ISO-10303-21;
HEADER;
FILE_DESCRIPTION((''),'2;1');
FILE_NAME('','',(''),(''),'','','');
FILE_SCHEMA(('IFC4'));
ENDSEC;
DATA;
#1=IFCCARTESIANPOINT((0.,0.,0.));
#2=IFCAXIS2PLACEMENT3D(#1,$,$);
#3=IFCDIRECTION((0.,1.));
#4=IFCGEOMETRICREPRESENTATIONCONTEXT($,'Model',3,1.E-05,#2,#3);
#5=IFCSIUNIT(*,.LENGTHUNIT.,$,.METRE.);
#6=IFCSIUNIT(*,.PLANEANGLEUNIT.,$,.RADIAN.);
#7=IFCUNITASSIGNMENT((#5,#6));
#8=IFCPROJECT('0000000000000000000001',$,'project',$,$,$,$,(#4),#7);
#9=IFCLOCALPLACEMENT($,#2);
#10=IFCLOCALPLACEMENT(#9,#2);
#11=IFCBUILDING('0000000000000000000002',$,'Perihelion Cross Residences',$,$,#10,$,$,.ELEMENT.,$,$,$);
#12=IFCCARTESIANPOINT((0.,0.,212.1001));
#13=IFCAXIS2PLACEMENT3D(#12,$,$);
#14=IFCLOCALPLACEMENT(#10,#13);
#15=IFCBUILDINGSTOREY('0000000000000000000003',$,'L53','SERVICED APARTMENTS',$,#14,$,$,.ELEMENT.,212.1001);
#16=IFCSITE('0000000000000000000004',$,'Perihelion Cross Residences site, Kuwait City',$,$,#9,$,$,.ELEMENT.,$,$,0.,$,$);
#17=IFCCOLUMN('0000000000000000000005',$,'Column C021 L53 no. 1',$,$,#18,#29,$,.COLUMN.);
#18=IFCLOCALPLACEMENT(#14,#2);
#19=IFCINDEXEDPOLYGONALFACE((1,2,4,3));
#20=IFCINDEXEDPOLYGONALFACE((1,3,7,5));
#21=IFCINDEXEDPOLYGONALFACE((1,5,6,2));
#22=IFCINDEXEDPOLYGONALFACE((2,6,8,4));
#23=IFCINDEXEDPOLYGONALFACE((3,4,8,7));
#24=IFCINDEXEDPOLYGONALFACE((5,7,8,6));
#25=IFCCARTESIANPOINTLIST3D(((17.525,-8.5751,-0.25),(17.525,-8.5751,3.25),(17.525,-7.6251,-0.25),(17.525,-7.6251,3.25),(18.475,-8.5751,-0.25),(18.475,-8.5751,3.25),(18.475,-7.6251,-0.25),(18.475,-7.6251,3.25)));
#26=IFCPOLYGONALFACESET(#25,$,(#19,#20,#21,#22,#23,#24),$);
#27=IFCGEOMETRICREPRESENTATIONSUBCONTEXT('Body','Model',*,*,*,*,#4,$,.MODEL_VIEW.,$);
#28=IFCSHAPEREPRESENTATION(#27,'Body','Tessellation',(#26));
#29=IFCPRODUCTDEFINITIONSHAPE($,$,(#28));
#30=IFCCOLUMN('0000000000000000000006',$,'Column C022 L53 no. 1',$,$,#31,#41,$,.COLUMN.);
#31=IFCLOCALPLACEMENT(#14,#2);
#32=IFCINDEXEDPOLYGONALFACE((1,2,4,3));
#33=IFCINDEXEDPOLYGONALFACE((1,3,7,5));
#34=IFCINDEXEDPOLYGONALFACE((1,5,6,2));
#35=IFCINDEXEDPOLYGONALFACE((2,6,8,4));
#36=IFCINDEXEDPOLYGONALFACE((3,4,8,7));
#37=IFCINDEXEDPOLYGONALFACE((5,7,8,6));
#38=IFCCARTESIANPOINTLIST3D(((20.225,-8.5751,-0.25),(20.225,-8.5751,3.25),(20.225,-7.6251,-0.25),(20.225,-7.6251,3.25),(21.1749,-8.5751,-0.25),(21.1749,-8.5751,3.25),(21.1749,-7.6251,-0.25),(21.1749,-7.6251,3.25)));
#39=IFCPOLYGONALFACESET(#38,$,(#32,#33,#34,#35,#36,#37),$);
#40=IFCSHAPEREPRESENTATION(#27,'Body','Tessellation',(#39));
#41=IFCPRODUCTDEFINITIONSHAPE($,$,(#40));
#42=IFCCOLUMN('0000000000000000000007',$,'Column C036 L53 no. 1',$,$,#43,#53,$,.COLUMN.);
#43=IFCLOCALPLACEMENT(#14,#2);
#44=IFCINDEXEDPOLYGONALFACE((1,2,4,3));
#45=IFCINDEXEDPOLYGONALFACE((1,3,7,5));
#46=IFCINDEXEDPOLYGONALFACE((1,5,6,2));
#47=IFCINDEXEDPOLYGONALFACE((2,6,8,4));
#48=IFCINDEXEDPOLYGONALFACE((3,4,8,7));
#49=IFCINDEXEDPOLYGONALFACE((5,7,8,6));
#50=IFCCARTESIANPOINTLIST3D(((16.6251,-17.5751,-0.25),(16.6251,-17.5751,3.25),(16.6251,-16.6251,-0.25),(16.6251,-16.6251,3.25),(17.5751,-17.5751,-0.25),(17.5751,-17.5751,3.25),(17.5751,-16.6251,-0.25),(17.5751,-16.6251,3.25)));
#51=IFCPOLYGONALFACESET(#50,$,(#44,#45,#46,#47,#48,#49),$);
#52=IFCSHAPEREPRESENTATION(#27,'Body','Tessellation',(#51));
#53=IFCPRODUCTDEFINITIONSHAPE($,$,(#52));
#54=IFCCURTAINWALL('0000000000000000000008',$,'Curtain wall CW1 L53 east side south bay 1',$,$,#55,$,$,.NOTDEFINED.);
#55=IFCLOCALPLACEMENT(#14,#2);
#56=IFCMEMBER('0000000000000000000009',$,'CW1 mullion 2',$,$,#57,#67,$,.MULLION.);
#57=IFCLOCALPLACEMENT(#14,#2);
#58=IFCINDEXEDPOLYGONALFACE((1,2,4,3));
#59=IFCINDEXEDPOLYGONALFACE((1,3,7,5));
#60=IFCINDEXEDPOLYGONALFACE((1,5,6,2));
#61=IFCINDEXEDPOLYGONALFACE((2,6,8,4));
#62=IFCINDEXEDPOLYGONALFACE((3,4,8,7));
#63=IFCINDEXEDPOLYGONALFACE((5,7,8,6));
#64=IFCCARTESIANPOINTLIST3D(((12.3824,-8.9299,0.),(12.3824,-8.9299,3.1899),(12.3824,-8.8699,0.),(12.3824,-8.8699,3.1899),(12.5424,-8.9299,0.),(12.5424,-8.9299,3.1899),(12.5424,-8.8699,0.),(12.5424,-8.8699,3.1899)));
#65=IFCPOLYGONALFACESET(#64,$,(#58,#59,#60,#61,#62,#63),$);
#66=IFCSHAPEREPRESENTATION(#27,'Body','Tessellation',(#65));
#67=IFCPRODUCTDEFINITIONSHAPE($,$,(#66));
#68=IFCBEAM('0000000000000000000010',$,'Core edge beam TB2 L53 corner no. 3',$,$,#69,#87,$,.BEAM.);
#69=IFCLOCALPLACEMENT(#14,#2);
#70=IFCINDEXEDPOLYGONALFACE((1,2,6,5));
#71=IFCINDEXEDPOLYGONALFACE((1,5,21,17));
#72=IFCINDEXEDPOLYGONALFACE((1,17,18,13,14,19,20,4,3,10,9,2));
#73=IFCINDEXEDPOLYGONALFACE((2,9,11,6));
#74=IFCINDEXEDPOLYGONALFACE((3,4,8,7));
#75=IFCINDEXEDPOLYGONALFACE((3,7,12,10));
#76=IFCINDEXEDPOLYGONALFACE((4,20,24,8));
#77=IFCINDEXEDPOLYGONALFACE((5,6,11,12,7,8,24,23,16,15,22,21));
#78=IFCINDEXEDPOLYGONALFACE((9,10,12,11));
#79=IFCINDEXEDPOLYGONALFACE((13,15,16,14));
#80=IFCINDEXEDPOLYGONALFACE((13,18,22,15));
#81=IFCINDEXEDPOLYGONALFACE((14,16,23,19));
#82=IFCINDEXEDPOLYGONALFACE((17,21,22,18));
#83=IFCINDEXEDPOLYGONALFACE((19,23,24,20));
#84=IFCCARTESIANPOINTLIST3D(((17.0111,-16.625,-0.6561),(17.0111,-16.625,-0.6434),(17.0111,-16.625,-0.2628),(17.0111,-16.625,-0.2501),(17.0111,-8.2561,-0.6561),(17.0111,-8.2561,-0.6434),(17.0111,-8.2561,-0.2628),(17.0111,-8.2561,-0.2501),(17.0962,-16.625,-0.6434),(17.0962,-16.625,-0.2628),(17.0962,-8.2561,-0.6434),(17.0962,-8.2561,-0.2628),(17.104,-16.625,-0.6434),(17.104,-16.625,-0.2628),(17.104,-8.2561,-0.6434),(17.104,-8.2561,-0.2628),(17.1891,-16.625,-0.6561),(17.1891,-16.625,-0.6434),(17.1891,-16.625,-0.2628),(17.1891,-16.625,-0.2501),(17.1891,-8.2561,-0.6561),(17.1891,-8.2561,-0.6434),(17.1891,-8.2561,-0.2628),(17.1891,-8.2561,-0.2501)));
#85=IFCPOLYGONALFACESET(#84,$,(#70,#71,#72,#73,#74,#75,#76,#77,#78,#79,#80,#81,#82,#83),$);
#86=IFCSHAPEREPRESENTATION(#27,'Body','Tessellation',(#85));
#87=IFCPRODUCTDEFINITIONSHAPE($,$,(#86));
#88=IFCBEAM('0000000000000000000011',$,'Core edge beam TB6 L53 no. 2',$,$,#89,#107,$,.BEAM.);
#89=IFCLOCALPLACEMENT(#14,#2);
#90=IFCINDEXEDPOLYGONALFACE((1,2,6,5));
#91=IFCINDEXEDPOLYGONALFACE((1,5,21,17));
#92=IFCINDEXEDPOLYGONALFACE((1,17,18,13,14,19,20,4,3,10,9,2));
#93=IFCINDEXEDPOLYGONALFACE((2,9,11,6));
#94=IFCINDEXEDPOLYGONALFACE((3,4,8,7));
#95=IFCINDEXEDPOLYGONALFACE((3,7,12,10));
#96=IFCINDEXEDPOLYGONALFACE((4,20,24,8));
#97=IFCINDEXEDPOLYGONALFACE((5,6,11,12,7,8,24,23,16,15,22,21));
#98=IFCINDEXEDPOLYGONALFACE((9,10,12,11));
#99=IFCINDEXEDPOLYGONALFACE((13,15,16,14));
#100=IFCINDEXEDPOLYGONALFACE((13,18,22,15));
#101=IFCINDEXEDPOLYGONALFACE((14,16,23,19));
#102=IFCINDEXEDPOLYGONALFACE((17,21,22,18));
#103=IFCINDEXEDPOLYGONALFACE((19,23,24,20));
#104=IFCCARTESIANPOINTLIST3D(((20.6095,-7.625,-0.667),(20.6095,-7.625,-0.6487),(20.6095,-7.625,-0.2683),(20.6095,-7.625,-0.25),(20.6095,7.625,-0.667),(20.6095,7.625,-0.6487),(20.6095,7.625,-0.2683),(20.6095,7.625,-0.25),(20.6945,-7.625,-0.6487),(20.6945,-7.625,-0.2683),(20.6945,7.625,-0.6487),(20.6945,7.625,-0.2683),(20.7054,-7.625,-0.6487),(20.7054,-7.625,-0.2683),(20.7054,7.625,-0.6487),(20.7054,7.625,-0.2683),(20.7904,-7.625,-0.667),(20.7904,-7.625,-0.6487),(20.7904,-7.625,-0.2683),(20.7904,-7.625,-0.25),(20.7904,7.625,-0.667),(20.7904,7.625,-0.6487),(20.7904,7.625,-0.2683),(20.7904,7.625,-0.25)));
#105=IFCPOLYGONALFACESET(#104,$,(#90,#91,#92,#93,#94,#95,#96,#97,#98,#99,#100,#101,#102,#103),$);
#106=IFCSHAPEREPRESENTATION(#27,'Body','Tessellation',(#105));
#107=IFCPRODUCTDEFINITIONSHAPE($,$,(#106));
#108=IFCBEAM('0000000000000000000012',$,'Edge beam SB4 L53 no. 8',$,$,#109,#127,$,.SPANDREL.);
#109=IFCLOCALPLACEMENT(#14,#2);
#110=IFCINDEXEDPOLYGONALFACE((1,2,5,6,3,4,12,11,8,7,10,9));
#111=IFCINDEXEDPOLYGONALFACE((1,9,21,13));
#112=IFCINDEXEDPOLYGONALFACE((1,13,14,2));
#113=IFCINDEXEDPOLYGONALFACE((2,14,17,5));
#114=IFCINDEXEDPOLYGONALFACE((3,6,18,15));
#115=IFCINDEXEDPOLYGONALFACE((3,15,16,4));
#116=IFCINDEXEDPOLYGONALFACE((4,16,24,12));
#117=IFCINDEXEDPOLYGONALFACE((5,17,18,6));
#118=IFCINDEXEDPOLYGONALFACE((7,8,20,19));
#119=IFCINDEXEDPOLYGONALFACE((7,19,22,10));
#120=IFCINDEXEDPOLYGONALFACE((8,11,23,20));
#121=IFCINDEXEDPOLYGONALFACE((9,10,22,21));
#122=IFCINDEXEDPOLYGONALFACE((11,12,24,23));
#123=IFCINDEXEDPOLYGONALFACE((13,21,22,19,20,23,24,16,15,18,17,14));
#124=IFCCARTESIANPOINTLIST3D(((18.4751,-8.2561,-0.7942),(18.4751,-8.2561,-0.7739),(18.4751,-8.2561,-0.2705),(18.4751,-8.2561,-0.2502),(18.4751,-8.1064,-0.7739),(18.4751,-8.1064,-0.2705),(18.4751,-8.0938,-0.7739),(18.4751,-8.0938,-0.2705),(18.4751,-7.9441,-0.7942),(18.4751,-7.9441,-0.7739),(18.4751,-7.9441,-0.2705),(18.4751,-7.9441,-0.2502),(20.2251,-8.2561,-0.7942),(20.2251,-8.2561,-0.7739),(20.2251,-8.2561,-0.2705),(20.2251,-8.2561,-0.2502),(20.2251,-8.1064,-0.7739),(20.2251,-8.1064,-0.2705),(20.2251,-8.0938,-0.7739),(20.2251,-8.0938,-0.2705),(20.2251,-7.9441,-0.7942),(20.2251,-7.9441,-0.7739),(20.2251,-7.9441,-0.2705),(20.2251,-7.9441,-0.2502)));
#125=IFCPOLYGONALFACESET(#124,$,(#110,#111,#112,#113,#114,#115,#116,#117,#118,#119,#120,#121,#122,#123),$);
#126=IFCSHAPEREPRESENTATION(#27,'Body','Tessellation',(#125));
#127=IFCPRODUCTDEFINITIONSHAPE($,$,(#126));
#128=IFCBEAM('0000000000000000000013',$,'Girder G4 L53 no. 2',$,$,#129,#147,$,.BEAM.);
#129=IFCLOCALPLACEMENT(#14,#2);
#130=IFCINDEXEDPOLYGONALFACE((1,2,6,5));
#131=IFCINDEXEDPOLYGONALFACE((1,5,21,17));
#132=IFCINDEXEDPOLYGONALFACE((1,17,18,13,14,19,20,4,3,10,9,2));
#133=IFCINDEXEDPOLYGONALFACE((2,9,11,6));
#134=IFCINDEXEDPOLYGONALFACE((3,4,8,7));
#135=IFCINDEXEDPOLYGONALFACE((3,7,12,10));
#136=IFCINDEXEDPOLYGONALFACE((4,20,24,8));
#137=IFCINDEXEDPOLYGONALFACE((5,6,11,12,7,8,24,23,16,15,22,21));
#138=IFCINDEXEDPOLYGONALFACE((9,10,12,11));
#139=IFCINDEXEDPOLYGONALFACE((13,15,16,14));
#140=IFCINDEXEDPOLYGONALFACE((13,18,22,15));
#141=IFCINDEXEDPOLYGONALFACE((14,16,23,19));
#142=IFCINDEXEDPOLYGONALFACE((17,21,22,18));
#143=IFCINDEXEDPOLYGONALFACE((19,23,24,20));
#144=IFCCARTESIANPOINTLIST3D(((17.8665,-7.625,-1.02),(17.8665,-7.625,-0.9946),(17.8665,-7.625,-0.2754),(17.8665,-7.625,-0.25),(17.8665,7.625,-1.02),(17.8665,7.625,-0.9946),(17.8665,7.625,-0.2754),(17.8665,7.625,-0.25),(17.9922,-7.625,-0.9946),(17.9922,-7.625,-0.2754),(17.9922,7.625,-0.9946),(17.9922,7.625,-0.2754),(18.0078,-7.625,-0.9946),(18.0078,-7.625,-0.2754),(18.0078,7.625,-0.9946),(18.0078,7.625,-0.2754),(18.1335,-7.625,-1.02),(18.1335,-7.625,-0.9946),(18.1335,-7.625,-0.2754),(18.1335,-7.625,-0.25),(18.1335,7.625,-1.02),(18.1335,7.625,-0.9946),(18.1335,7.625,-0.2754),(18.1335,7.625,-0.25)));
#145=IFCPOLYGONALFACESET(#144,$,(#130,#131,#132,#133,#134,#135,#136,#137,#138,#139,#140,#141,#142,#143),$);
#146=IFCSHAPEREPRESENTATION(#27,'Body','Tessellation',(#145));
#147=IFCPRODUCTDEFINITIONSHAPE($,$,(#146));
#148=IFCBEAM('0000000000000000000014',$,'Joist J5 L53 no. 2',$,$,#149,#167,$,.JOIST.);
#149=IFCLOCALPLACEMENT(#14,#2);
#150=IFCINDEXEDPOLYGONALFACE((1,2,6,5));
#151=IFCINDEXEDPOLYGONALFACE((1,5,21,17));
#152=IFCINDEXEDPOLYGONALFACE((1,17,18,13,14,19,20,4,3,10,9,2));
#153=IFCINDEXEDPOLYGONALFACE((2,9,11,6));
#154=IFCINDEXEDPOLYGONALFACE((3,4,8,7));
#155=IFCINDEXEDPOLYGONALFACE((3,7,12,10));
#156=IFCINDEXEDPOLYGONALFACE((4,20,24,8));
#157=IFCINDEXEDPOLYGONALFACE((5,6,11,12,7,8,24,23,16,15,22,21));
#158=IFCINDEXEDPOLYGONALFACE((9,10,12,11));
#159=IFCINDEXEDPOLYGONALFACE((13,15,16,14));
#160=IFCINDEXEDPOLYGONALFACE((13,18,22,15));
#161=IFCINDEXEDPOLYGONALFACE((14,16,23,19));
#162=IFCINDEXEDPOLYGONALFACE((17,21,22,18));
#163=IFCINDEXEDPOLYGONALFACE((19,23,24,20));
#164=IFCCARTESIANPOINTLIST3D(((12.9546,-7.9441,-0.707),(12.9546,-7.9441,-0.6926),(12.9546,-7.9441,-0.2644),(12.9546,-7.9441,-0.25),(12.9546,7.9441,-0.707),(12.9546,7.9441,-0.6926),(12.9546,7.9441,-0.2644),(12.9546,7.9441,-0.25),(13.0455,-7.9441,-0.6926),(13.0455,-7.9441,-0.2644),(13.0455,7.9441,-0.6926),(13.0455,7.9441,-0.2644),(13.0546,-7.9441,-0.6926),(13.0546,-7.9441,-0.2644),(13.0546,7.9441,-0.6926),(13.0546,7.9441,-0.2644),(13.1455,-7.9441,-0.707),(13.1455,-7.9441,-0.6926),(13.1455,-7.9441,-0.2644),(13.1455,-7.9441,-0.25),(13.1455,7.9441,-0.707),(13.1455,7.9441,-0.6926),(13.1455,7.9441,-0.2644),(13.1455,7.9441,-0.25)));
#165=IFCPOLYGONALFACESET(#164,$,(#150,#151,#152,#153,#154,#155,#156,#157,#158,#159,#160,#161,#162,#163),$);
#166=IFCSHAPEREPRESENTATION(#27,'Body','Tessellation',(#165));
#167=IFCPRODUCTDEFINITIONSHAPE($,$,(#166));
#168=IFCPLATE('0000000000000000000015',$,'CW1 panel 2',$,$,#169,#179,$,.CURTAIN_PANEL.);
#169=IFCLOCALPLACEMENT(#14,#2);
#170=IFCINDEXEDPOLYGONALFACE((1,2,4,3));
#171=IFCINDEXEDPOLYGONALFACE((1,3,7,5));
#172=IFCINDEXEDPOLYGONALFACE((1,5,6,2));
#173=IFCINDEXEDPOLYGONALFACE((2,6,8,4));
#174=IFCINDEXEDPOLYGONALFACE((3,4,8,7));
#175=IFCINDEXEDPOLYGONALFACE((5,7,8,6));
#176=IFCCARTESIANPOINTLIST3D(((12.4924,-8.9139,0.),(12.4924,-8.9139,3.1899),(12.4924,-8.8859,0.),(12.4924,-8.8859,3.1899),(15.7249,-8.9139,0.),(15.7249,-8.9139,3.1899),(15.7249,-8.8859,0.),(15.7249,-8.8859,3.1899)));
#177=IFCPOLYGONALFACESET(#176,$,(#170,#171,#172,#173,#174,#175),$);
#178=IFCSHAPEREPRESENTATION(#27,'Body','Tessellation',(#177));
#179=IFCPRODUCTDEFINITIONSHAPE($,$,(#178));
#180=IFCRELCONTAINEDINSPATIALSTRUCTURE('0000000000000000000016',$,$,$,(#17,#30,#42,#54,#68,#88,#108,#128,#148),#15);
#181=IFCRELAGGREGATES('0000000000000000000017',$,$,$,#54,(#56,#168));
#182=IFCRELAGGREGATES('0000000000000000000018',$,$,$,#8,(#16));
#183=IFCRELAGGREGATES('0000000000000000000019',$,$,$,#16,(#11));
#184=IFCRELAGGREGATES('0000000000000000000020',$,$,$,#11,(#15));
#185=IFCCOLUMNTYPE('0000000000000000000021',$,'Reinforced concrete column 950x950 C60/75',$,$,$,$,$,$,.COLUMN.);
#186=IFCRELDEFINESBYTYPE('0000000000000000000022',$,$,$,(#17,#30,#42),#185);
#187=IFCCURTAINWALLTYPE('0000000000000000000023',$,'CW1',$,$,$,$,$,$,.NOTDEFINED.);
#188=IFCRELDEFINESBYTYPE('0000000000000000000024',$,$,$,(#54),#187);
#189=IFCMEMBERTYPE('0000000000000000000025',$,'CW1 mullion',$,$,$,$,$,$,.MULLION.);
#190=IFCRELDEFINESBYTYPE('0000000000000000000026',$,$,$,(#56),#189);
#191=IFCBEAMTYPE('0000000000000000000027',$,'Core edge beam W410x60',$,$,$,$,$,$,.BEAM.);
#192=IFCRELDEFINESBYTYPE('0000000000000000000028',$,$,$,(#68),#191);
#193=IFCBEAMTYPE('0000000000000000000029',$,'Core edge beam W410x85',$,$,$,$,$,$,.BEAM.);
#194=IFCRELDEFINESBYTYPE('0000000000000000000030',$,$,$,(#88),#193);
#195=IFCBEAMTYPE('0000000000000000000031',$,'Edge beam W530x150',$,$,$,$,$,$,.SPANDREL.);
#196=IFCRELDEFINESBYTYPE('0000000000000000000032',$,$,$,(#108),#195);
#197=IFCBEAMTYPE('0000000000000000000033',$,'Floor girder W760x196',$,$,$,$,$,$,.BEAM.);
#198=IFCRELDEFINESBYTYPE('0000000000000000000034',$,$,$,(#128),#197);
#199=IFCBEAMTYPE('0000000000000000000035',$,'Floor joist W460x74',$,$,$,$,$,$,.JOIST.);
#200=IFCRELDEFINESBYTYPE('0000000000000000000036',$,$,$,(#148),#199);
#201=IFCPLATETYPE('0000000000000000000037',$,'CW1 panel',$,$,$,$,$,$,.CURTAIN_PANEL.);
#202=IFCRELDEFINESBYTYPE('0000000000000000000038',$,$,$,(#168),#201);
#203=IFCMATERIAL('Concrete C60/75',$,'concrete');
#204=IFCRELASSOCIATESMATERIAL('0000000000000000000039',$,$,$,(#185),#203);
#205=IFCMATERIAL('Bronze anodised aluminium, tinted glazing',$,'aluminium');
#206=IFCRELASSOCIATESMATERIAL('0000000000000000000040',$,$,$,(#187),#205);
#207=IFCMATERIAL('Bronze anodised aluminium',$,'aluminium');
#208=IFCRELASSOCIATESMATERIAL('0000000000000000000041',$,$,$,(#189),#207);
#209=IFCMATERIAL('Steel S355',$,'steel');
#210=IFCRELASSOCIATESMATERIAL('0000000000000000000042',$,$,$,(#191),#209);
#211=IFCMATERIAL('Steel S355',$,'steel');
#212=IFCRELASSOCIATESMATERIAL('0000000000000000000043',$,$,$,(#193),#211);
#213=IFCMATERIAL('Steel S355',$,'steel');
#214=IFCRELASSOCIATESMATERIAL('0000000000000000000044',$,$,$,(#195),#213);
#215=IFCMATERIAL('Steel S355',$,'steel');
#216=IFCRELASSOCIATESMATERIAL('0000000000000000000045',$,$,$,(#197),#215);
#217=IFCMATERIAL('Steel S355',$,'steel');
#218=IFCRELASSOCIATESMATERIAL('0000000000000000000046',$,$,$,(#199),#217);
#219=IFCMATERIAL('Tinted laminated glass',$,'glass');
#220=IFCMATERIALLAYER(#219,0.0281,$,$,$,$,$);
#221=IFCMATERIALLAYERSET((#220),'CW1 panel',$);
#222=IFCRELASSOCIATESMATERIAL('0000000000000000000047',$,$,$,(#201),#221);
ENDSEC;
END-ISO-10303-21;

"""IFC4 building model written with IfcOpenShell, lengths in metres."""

from ifc_helpers import new_model, si_unit, direction, frame, origin, origin_2d, place, context, subcontext, project, spatial, rectangle, i_section, extrude, material, layer, layer_set, material_profile, profile_set, type_object, element, aggregate, save


model = new_model("IFC4")

# Units and contexts
model_context = context("Model", 3, precision=1e-05, world=origin(), true_north=direction((0.0, 1.0)))
body_context = subcontext(model_context, "Body", "Model", "MODEL_VIEW")
ifc_project = project(units=[si_unit("LENGTHUNIT", "METRE"), si_unit("PLANEANGLEUNIT", "RADIAN")], contexts=[model_context])

# Site, building, storey
site_placement = place(None, origin())
site = spatial("IfcSite", under=ifc_project, at=site_placement, Name="Perihelion Cross Residences site, Kuwait City", CompositionType="ELEMENT", RefElevation=0.0)
building_placement = place(site_placement, origin())
building = spatial("IfcBuilding", under=site, at=building_placement, Name="Perihelion Cross Residences", CompositionType="ELEMENT")
storey_placement = place(building_placement, frame((0.0, 0.0, 212.1001)))
storey = spatial("IfcBuildingStorey", under=building, at=storey_placement, Name="L53", Description="SERVICED APARTMENTS", CompositionType="ELEMENT", Elevation=212.1001)

# Columns
ifc_material_1 = material(Name="Concrete C60/75", Category="concrete")
ifc_material_profile_1 = material_profile(ifc_material_1, rectangle(XDim=0.95, YDim=0.95, at=origin_2d()), Name="RC 950x950")
ifc_profile_set_1 = profile_set([ifc_material_profile_1], Name="Concrete C60/75")
column_type = type_object("IfcColumnType", Name="Reinforced concrete column 950x950 C60/75", PredefinedType="COLUMN", material=ifc_profile_set_1)
for number, where, z_axis, x_axis, name in (
    (1, (18.0, -8.1001, -0.25), (0.0, 0.0, 1.0), (1.0, 0.0, 0.0), "Column C021 L53 no. 1"),
    (2, (20.7, -8.1001, -0.25), (0.0, 0.0, 1.0), (1.0, 0.0, 0.0), "Column C022 L53 no. 1"),
    (3, (17.1001, -17.1001, -0.25), (0.0, 0.0, 1.0), (1.0, 0.0, 0.0), "Column C036 L53 no. 1"),
):
    element("IfcColumn", number, at=place(storey_placement, frame(where, z_axis=z_axis, x_axis=x_axis)), inside=storey, type_object=column_type, Name=name, PredefinedType="COLUMN", context=body_context, shape_type="SweptSolid", body=[
        extrude(rectangle(XDim=0.95, YDim=0.95, at=origin_2d()), origin(), (0.0, 0.0, 1.0), 3.5),
    ])

# Curtain wall, member
ifc_material_2 = material(Name="Bronze anodised aluminium, tinted glazing", Category="aluminium")
curtain_wall_type = type_object("IfcCurtainWallType", Name="CW1", PredefinedType="NOTDEFINED", material=ifc_material_2)
curtain_wall_placement = place(storey_placement, origin())
curtain_wall = element("IfcCurtainWall", 4, at=curtain_wall_placement, inside=storey, type_object=curtain_wall_type, Name="Curtain wall CW1 L53 east side south bay 1", PredefinedType="NOTDEFINED")
ifc_material_3 = material(Name="Bronze anodised aluminium", Category="aluminium")
ifc_material_profile_2 = material_profile(ifc_material_3, rectangle(XDim=0.0601, YDim=0.1599, at=origin_2d()), Name="CW1 mullion")
ifc_profile_set_2 = profile_set([ifc_material_profile_2], Name="Bronze anodised aluminium")
member_type = type_object("IfcMemberType", Name="CW1 mullion", PredefinedType="MULLION", material=ifc_profile_set_2)
member_placement = place(storey_placement, frame((12.4624, -8.8999, 0.0), z_axis=(0.0, 0.0, 1.0), x_axis=(0.0, 1.0, 0.0)))
member = element("IfcMember", 5, at=member_placement, type_object=member_type, Name="CW1 mullion 2", PredefinedType="MULLION", context=body_context, shape_type="SweptSolid", body=[
    extrude(rectangle(XDim=0.0601, YDim=0.1599, at=origin_2d()), origin(), (0.0, 0.0, 1.0), 3.1899),
])

# Beams
ifc_material_4 = material(Name="Steel S355", Category="steel")
ifc_material_profile_3 = material_profile(ifc_material_4, i_section(OverallWidth=0.178, OverallDepth=0.406, WebThickness=0.0078, FlangeThickness=0.0127, at=origin_2d()), Name="W410x60")
ifc_profile_set_3 = profile_set([ifc_material_profile_3], Name="Steel S355")
beam_type_1 = type_object("IfcBeamType", Name="Core edge beam W410x60", PredefinedType="BEAM", material=ifc_profile_set_3)
beam_1_placement = place(storey_placement, frame((17.1001, -8.2561, -0.4531), z_axis=(0.0, -1.0, 0.0), x_axis=(1.0, 0.0, 0.0)))
element("IfcBeam", 6, at=beam_1_placement, inside=storey, type_object=beam_type_1, Name="Core edge beam TB2 L53 corner no. 3", PredefinedType="BEAM", context=body_context, shape_type="SweptSolid", body=[
    extrude(i_section(OverallWidth=0.178, OverallDepth=0.406, WebThickness=0.0078, FlangeThickness=0.0127, at=origin_2d()), origin(), (0.0, 0.0, 1.0), 8.3689),
])
ifc_material_5 = material(Name="Steel S355", Category="steel")
ifc_material_profile_4 = material_profile(ifc_material_5, i_section(OverallWidth=0.1809, OverallDepth=0.417, WebThickness=0.011, FlangeThickness=0.0183, at=origin_2d()), Name="W410x85")
ifc_profile_set_4 = profile_set([ifc_material_profile_4], Name="Steel S355")
beam_type_2 = type_object("IfcBeamType", Name="Core edge beam W410x85", PredefinedType="BEAM", material=ifc_profile_set_4)
beam_2_placement = place(storey_placement, frame((20.7, -7.625, -0.4585), z_axis=(0.0, 1.0, 0.0), x_axis=(-1.0, 0.0, 0.0)))
element("IfcBeam", 7, at=beam_2_placement, inside=storey, type_object=beam_type_2, Name="Core edge beam TB6 L53 no. 2", PredefinedType="BEAM", context=body_context, shape_type="SweptSolid", body=[
    extrude(i_section(OverallWidth=0.1809, OverallDepth=0.417, WebThickness=0.011, FlangeThickness=0.0183, at=origin_2d()), origin(), (0.0, 0.0, 1.0), 15.25),
])
ifc_material_6 = material(Name="Steel S355", Category="steel")
ifc_material_profile_5 = material_profile(ifc_material_6, i_section(OverallWidth=0.312, OverallDepth=0.5439, WebThickness=0.0127, FlangeThickness=0.0203, at=origin_2d()), Name="W530x150")
ifc_profile_set_5 = profile_set([ifc_material_profile_5], Name="Steel S355")
beam_type_3 = type_object("IfcBeamType", Name="Edge beam W530x150", PredefinedType="SPANDREL", material=ifc_profile_set_5)
beam_3_placement = place(storey_placement, frame((18.4751, -8.1001, -0.5222), z_axis=(1.0, 0.0, 0.0), x_axis=(0.0, 1.0, 0.0)))
element("IfcBeam", 8, at=beam_3_placement, inside=storey, type_object=beam_type_3, Name="Edge beam SB4 L53 no. 8", PredefinedType="SPANDREL", context=body_context, shape_type="SweptSolid", body=[
    extrude(i_section(OverallWidth=0.312, OverallDepth=0.5439, WebThickness=0.0127, FlangeThickness=0.0203, at=origin_2d()), origin(), (0.0, 0.0, 1.0), 1.75),
])
ifc_material_7 = material(Name="Steel S355", Category="steel")
ifc_material_profile_6 = material_profile(ifc_material_7, i_section(OverallWidth=0.2671, OverallDepth=0.77, WebThickness=0.0156, FlangeThickness=0.0254, at=origin_2d()), Name="W760x196")
ifc_profile_set_6 = profile_set([ifc_material_profile_6], Name="Steel S355")
beam_type_4 = type_object("IfcBeamType", Name="Floor girder W760x196", PredefinedType="BEAM", material=ifc_profile_set_6)
beam_4_placement = place(storey_placement, frame((18.0, -7.625, -0.635), z_axis=(0.0, 1.0, 0.0), x_axis=(-1.0, 0.0, 0.0)))
element("IfcBeam", 9, at=beam_4_placement, inside=storey, type_object=beam_type_4, Name="Girder G4 L53 no. 2", PredefinedType="BEAM", context=body_context, shape_type="SweptSolid", body=[
    extrude(i_section(OverallWidth=0.2671, OverallDepth=0.77, WebThickness=0.0156, FlangeThickness=0.0254, at=origin_2d()), origin(), (0.0, 0.0, 1.0), 15.25),
])
ifc_material_8 = material(Name="Steel S355", Category="steel")
ifc_material_profile_7 = material_profile(ifc_material_8, i_section(OverallWidth=0.1909, OverallDepth=0.457, WebThickness=0.009, FlangeThickness=0.0144, at=origin_2d()), Name="W460x74")
ifc_profile_set_7 = profile_set([ifc_material_profile_7], Name="Steel S355")
beam_type_5 = type_object("IfcBeamType", Name="Floor joist W460x74", PredefinedType="JOIST", material=ifc_profile_set_7)
beam_5_placement = place(storey_placement, frame((13.05, -7.9441, -0.4785), z_axis=(0.0, 1.0, 0.0), x_axis=(-1.0, 0.0, 0.0)))
element("IfcBeam", 10, at=beam_5_placement, inside=storey, type_object=beam_type_5, Name="Joist J5 L53 no. 2", PredefinedType="JOIST", context=body_context, shape_type="SweptSolid", body=[
    extrude(i_section(OverallWidth=0.1909, OverallDepth=0.457, WebThickness=0.009, FlangeThickness=0.0144, at=origin_2d()), origin(), (0.0, 0.0, 1.0), 15.8882),
])

# Plate
ifc_material_9 = material(Name="Tinted laminated glass", Category="glass")
ifc_layer_1 = layer(ifc_material_9, 0.0281)
ifc_layer_set_1 = layer_set([ifc_layer_1], Name="CW1 panel")
plate_type = type_object("IfcPlateType", Name="CW1 panel", PredefinedType="CURTAIN_PANEL", material=ifc_layer_set_1)
plate_placement = place(storey_placement, frame((14.1086, -8.8999, 0.0), z_axis=(0.0, 0.0, 1.0), x_axis=(1.0, 0.0, 0.0)))
plate = element("IfcPlate", 11, at=plate_placement, type_object=plate_type, Name="CW1 panel 2", PredefinedType="CURTAIN_PANEL", context=body_context, shape_type="SweptSolid", body=[
    extrude(rectangle(XDim=3.2324, YDim=0.0281, at=origin_2d()), origin(), (0.0, 0.0, 1.0), 3.1899),
])
aggregate(curtain_wall, [member, plate])

save(model, "model.ifc")
